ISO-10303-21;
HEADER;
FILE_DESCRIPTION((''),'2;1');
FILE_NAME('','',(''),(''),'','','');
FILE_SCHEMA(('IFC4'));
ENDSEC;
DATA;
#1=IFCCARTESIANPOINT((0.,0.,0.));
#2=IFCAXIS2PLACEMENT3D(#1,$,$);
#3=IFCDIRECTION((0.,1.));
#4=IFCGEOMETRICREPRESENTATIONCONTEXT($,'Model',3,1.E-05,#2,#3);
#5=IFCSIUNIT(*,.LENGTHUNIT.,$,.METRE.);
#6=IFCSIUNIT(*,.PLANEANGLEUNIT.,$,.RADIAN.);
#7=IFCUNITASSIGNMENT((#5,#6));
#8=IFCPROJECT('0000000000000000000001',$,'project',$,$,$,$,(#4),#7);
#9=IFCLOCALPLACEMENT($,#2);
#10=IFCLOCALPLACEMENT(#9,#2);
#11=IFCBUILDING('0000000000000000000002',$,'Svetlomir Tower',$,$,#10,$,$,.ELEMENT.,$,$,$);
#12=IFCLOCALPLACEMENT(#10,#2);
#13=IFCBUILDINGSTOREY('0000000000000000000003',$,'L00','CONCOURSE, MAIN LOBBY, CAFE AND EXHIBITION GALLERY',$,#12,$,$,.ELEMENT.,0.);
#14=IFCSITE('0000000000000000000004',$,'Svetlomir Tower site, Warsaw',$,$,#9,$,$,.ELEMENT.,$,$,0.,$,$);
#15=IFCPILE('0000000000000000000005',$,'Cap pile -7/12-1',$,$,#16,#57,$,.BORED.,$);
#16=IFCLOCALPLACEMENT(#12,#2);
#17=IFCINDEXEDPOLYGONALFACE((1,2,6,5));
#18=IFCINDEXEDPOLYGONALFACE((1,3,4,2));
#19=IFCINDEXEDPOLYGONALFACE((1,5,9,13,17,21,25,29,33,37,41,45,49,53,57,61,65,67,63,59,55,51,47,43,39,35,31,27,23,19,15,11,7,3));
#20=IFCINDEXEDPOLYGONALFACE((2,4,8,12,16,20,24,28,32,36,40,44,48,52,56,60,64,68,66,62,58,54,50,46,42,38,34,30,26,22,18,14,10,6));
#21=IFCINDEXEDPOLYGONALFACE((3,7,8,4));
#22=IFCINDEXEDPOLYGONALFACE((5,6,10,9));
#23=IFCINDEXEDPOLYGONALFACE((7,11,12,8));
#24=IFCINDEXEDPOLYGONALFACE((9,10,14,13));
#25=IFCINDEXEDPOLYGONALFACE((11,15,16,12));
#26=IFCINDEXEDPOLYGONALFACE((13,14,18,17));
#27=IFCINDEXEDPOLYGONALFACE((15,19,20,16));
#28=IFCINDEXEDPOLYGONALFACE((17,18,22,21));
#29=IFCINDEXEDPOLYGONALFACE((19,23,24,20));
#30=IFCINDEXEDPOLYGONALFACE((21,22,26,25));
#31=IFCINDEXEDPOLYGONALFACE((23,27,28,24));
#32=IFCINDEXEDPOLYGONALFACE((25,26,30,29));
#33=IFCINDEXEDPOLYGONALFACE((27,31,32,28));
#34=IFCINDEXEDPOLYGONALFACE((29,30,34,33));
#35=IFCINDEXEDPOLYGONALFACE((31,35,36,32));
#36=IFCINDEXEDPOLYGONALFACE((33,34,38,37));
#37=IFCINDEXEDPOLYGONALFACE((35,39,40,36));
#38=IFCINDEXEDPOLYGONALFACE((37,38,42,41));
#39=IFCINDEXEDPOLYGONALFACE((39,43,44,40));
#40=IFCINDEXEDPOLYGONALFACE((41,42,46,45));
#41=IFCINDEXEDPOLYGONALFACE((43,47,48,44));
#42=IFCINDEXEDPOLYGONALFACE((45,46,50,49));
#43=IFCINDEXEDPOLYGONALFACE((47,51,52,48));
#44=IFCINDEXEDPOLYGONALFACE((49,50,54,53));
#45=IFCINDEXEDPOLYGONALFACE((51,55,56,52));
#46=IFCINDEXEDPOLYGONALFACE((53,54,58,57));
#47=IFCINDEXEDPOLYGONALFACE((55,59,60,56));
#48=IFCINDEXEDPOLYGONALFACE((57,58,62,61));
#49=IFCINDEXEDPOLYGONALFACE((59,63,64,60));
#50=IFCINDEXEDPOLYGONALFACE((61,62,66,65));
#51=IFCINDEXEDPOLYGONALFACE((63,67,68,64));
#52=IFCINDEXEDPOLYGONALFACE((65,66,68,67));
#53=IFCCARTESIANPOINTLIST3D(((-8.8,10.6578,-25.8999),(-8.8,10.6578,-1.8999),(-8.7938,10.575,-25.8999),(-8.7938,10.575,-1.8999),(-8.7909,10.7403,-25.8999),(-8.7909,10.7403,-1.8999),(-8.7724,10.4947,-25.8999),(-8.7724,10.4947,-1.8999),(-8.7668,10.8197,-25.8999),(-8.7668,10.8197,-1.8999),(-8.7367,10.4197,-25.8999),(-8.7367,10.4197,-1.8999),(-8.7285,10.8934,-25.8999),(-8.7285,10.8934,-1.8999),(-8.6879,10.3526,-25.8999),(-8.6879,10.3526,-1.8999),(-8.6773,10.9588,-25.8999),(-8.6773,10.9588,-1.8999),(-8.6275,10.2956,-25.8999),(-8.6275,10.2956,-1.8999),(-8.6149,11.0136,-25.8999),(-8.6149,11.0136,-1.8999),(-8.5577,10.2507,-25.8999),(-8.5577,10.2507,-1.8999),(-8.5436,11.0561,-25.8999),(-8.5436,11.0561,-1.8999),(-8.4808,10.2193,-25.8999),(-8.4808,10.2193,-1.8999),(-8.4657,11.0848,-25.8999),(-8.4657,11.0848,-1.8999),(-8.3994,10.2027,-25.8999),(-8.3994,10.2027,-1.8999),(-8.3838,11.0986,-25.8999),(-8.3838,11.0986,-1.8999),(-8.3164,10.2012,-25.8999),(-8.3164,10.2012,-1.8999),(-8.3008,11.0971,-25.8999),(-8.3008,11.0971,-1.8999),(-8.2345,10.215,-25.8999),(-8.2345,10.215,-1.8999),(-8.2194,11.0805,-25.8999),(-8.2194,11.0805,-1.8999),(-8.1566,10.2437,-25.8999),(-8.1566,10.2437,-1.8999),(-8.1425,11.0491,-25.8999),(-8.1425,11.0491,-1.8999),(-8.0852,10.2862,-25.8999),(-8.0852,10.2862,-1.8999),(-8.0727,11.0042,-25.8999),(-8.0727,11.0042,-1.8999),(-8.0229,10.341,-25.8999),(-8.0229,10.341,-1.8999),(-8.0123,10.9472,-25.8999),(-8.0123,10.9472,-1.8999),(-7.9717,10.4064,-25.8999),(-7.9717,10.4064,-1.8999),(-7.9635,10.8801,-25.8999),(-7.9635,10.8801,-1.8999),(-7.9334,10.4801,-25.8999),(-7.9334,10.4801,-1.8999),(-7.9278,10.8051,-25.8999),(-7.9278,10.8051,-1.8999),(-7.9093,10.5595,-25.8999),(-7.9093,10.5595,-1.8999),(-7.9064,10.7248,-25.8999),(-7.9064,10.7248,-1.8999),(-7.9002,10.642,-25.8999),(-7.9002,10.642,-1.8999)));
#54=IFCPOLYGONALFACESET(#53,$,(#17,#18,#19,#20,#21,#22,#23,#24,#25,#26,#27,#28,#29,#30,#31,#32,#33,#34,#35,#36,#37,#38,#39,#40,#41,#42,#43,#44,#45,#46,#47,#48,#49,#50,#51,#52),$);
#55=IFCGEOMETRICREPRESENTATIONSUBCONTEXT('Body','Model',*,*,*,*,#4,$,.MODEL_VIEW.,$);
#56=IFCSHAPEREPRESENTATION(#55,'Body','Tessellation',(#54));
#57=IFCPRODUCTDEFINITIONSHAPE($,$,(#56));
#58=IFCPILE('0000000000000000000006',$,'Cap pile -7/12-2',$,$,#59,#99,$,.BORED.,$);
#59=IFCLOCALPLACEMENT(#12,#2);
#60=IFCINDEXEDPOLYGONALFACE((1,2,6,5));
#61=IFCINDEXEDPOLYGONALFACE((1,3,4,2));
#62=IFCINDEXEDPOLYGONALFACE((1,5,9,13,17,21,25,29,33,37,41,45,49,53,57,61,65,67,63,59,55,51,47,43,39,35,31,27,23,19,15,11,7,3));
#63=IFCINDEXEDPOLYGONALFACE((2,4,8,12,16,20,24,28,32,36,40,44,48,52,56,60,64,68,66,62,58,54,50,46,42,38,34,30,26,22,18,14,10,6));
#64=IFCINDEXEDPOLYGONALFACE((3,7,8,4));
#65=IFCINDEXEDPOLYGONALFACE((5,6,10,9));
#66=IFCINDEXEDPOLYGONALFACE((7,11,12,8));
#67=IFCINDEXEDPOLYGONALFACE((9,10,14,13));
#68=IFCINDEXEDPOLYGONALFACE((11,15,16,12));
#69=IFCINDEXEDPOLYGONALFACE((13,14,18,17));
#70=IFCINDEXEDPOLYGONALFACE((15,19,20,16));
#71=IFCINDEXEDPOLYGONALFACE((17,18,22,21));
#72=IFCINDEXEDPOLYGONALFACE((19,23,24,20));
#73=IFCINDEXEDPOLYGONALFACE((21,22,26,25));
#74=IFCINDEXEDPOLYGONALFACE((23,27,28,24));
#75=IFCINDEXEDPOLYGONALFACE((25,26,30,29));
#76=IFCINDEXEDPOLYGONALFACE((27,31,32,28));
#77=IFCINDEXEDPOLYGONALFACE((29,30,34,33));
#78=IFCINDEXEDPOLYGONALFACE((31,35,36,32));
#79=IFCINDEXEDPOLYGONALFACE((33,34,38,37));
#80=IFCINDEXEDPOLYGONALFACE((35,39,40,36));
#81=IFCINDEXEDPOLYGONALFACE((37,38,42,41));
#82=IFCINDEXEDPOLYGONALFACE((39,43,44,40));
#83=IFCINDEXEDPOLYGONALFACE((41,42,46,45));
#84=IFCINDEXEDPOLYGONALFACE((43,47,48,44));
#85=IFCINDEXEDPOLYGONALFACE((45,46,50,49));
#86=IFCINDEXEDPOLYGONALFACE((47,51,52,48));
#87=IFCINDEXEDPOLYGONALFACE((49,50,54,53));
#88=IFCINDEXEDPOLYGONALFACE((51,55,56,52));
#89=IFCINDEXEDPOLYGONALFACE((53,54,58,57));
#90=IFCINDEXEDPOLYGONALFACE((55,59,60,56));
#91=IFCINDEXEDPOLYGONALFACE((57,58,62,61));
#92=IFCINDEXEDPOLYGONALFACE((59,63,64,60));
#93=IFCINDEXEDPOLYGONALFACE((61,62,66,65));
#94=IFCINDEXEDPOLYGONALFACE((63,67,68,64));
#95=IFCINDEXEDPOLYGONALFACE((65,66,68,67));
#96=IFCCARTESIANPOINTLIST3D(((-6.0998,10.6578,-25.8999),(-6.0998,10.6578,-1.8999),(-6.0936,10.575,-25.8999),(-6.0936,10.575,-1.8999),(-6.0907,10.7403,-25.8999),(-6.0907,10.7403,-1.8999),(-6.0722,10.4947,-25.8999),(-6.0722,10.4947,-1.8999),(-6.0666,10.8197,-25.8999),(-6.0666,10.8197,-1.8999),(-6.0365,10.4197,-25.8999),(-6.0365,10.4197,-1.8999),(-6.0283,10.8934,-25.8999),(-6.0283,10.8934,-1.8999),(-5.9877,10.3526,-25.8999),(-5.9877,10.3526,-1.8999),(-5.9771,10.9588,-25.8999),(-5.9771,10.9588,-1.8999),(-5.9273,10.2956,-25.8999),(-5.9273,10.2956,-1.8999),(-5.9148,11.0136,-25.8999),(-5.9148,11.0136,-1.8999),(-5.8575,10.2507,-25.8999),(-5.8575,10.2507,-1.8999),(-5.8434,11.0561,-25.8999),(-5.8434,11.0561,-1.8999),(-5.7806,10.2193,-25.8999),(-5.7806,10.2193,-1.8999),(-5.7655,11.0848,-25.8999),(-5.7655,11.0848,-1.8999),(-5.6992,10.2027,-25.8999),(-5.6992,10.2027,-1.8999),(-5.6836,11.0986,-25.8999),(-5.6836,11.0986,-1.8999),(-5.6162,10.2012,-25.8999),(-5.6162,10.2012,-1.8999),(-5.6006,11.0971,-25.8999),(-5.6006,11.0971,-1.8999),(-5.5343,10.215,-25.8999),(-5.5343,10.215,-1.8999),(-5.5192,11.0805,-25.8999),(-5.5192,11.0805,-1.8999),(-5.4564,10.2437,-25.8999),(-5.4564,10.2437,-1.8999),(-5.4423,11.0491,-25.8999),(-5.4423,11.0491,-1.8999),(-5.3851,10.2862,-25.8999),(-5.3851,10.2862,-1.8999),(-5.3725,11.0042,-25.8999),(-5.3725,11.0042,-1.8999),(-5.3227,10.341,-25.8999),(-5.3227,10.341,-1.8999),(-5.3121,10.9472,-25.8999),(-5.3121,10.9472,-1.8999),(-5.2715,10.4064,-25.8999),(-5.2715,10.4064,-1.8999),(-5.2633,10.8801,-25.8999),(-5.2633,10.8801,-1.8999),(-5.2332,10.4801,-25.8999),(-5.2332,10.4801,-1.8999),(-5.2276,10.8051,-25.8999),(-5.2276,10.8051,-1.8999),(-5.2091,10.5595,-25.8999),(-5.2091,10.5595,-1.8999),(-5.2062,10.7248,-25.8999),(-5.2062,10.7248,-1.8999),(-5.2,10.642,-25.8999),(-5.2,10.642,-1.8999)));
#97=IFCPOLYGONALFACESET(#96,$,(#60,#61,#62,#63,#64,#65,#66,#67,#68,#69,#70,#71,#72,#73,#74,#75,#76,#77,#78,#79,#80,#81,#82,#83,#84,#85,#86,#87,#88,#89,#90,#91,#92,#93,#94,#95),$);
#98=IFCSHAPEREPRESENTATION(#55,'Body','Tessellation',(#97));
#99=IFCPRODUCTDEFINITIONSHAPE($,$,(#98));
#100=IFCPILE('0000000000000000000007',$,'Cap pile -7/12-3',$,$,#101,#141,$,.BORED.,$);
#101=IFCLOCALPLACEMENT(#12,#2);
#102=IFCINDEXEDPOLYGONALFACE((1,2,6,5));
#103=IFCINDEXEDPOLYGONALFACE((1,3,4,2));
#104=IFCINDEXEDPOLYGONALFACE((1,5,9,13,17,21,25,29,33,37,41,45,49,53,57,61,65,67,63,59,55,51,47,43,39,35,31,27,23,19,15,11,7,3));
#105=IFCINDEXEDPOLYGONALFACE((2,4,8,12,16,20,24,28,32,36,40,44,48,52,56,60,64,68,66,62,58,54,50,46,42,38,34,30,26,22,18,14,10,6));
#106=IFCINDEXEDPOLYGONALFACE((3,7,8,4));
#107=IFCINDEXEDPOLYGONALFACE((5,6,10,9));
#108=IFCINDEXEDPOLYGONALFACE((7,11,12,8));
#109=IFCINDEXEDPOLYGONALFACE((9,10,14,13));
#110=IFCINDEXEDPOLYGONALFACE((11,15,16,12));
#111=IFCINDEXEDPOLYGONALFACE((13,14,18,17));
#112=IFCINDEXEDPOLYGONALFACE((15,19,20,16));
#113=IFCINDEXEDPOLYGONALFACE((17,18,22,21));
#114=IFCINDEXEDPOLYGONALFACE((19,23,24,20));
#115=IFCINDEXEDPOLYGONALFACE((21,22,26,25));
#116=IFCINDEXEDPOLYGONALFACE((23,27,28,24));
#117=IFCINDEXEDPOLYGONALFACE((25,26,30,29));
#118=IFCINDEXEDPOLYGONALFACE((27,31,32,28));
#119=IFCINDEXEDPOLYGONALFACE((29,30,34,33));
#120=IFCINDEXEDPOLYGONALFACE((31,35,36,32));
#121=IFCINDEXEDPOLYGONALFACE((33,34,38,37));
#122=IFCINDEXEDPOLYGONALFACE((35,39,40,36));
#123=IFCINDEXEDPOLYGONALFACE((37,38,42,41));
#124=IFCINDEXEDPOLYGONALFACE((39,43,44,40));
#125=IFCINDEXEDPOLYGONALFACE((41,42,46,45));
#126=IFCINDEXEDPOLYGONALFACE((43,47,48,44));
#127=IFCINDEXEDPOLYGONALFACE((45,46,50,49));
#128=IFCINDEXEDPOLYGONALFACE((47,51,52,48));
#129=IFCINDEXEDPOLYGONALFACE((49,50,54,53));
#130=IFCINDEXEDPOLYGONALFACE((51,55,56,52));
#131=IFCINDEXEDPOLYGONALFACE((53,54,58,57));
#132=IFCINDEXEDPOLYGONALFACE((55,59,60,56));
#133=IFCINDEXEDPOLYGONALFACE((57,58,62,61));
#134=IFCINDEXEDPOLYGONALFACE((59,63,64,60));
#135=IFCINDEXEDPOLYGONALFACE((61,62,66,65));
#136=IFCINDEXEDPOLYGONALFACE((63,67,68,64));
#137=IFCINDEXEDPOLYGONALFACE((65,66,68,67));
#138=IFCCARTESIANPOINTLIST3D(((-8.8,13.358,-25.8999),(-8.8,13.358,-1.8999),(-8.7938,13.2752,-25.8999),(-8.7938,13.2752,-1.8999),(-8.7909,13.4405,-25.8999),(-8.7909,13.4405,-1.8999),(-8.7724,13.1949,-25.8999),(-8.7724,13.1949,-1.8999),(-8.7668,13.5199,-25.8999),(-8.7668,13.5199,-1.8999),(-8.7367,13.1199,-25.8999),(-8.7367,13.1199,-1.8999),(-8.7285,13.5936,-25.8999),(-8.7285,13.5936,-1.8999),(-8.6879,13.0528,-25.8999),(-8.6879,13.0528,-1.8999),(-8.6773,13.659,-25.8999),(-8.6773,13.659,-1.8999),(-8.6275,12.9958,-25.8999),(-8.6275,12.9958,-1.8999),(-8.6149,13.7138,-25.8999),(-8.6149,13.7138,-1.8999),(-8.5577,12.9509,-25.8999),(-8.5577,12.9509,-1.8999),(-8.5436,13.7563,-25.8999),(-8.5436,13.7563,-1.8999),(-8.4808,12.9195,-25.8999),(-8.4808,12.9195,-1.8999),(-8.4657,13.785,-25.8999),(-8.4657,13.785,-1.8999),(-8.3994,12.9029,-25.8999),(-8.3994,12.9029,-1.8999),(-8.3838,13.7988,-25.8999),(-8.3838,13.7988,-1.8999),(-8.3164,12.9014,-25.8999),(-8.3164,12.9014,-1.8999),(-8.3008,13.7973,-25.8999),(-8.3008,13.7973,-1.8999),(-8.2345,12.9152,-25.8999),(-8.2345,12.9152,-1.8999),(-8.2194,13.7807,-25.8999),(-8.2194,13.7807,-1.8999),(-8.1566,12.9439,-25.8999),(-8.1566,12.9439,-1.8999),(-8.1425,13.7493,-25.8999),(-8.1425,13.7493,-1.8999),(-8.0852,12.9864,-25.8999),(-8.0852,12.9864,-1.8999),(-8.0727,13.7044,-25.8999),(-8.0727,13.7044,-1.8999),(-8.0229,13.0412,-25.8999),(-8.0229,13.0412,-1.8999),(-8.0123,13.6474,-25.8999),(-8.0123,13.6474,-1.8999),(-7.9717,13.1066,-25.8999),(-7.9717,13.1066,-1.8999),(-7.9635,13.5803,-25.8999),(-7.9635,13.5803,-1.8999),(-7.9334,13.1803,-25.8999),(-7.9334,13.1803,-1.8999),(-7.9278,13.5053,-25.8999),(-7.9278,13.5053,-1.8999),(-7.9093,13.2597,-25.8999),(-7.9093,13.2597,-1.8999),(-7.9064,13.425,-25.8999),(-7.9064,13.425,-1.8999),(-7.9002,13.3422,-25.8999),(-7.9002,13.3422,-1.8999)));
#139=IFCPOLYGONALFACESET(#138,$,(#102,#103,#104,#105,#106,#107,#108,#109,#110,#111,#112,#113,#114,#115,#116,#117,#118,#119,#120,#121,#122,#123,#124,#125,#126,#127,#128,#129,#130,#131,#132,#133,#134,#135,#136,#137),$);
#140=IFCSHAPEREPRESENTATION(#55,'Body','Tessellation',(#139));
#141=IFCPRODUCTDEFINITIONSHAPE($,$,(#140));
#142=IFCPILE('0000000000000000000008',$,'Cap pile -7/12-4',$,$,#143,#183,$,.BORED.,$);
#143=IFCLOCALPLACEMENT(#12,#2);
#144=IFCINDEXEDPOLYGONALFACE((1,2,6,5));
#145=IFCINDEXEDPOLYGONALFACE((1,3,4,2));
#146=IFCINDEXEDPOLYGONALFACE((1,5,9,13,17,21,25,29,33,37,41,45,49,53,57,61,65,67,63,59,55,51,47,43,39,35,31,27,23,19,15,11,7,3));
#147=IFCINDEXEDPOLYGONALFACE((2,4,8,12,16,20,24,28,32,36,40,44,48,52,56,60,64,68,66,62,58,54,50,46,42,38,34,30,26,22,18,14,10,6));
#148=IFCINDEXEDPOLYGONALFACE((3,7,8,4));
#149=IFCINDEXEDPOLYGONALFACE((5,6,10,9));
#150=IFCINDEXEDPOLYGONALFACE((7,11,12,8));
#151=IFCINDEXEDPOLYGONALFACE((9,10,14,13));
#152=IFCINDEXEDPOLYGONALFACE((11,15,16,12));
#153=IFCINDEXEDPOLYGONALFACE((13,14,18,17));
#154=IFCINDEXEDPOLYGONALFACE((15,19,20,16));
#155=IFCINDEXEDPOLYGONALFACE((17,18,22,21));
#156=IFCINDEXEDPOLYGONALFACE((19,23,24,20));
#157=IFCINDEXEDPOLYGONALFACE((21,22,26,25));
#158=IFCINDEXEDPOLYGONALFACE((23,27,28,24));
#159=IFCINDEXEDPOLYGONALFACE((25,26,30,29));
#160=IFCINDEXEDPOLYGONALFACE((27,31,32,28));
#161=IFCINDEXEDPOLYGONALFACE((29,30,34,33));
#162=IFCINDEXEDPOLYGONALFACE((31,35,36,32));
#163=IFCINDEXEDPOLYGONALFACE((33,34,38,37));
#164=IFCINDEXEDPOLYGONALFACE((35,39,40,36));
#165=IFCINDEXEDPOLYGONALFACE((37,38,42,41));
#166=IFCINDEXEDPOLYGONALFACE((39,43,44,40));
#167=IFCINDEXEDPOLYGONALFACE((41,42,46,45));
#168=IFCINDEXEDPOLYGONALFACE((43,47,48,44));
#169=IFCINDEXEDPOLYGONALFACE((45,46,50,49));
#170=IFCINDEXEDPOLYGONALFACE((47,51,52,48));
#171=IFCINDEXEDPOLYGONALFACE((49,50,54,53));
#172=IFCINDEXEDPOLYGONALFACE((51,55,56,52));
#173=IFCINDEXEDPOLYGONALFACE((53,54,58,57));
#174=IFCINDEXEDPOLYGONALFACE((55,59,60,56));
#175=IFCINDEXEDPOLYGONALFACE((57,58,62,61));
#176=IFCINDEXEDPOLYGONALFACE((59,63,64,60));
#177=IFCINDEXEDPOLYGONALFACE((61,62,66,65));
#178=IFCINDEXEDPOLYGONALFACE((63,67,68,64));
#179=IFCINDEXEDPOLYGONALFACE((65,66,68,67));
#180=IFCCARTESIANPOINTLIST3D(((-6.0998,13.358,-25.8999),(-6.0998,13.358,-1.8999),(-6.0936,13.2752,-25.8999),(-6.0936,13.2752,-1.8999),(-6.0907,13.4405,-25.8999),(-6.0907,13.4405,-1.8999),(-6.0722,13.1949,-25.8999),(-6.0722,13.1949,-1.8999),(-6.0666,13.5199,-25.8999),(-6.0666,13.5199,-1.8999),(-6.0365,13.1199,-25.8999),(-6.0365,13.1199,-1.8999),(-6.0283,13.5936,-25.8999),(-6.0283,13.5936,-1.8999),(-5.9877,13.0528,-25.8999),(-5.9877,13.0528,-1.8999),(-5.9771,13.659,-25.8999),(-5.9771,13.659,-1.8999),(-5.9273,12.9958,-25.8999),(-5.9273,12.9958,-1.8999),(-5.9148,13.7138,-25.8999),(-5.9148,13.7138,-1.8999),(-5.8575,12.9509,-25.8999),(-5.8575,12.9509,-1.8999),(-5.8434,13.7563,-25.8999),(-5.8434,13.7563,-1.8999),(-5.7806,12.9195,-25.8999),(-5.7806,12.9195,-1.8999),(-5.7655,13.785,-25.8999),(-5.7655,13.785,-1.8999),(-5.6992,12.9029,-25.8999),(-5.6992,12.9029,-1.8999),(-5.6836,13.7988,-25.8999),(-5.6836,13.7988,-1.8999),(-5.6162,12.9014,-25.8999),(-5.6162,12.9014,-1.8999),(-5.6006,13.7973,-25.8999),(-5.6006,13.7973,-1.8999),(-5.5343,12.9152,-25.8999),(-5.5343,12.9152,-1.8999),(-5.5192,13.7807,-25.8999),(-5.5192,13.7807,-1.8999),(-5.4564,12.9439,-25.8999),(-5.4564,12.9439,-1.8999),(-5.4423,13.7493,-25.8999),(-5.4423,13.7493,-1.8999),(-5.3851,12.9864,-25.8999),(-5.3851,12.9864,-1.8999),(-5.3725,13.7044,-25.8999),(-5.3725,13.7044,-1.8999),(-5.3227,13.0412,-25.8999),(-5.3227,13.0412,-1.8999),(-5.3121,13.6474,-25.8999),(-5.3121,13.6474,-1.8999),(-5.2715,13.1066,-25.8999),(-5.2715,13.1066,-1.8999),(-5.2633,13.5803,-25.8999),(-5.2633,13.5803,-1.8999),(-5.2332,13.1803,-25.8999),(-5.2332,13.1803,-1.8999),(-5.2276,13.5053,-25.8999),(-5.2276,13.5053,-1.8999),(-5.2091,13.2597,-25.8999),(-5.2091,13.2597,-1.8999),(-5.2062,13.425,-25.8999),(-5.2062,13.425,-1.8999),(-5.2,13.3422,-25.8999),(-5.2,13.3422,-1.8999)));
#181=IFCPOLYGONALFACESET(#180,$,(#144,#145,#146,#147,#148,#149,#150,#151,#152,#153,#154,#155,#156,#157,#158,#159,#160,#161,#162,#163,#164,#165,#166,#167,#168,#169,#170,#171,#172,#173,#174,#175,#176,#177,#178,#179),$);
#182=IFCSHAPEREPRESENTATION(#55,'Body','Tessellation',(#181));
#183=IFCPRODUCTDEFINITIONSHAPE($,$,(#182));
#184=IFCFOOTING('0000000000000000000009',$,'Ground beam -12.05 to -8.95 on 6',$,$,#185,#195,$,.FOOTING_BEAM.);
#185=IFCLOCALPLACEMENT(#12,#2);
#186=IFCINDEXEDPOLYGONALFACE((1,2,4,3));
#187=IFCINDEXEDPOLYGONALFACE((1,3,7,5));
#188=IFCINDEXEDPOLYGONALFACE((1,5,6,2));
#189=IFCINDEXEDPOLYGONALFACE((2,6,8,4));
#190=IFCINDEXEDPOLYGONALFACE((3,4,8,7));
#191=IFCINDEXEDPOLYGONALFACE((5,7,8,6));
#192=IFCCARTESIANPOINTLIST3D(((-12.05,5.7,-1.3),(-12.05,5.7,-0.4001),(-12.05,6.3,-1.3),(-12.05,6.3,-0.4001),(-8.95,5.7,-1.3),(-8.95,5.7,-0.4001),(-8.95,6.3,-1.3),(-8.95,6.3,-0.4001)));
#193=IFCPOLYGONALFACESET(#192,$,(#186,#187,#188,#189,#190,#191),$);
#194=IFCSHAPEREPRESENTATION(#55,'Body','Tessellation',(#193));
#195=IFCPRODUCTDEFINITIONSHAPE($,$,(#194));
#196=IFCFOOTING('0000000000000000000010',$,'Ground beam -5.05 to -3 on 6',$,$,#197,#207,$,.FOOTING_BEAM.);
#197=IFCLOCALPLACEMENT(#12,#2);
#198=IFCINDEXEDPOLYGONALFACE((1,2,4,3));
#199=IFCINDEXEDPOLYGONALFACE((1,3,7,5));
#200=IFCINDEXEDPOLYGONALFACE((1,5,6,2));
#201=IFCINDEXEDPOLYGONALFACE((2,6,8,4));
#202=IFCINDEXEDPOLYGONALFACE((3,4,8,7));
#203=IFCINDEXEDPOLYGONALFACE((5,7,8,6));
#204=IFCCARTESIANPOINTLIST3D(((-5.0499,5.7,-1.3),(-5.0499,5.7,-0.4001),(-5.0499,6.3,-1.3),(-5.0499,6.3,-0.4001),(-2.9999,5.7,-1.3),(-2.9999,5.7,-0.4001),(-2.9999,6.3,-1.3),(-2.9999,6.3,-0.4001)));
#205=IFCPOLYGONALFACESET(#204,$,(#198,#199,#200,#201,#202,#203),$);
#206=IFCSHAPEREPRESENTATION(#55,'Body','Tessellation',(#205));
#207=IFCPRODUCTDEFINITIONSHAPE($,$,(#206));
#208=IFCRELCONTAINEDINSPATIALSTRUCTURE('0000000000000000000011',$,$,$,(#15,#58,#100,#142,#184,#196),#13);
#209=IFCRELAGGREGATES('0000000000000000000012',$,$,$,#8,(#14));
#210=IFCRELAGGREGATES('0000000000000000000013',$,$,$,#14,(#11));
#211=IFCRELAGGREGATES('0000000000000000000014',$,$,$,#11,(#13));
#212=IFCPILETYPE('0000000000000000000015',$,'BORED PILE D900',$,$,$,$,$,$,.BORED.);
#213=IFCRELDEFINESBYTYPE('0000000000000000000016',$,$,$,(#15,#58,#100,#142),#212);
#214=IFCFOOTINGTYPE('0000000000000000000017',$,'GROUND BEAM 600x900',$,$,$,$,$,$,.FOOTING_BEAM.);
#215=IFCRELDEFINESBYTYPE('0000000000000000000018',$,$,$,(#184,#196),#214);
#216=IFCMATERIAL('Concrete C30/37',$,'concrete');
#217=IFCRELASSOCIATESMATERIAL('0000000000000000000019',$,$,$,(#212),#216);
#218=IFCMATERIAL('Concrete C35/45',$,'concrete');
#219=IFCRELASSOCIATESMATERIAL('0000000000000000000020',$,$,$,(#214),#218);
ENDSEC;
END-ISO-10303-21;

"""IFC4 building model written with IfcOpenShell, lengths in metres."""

from ifc_helpers import new_model, si_unit, direction, frame, frame_2d, origin, origin_2d, place, context, subcontext, project, spatial, rectangle, circle, extrude, material, material_profile, profile_set, type_object, element, save


model = new_model("IFC4")

# Units and contexts
model_context = context("Model", 3, precision=1e-05, world=origin(), true_north=direction((0.0, 1.0)))
body_context = subcontext(model_context, "Body", "Model", "MODEL_VIEW")
ifc_project = project(units=[si_unit("LENGTHUNIT", "METRE"), si_unit("PLANEANGLEUNIT", "RADIAN")], contexts=[model_context])

# Site, building, storey
site_placement = place(None, origin())
site = spatial("IfcSite", under=ifc_project, at=site_placement, Name="Svetlomir Tower site, Warsaw", CompositionType="ELEMENT", RefElevation=0.0)
building_placement = place(site_placement, origin())
building = spatial("IfcBuilding", under=site, at=building_placement, Name="Svetlomir Tower", CompositionType="ELEMENT")
storey_placement = place(building_placement, origin())
storey = spatial("IfcBuildingStorey", under=building, at=storey_placement, Name="L00", Description="CONCOURSE, MAIN LOBBY, CAFE AND EXHIBITION GALLERY", CompositionType="ELEMENT", Elevation=0.0)

# Piles
ifc_material_1 = material(Name="Concrete C30/37", Category="concrete")
ifc_material_profile_1 = material_profile(ifc_material_1, circle(Radius=0.45, at=origin_2d()), Name="RC D900")
ifc_profile_set_1 = profile_set([ifc_material_profile_1], Name="Concrete C30/37")
pile_type_1 = type_object("IfcPileType", Name="BORED PILE D900", PredefinedType="BORED", material=ifc_profile_set_1)
for number, where, z_axis, x_axis, name in (
    (1, (-8.3501, 10.6499, -1.8999), (0.0, 0.0, -1.0), (1.0, 0.0, 0.0), "Cap pile -7/12-1"),
    (2, (-5.6499, 10.6499, -1.8999), (0.0, 0.0, -1.0), (1.0, 0.0, 0.0), "Cap pile -7/12-2"),
    (3, (-8.3501, 13.3501, -1.8999), (0.0, 0.0, -1.0), (1.0, 0.0, 0.0), "Cap pile -7/12-3"),
    (4, (-5.6499, 13.3501, -1.8999), (0.0, 0.0, -1.0), (1.0, 0.0, 0.0), "Cap pile -7/12-4"),
):
    element("IfcPile", number, at=place(storey_placement, frame(where, z_axis=z_axis, x_axis=x_axis)), inside=storey, type_object=pile_type_1, Name=name, PredefinedType="BORED", context=body_context, shape_type="SweptSolid", body=[
        extrude(circle(Radius=0.45, at=frame_2d((0.0, 0.0), x_axis=(0.999848, 0.017452))), origin(), (0.0, 0.0, 1.0), 24.0),
    ])

# Footings
ifc_material_2 = material(Name="Concrete C35/45", Category="concrete")
footing_type_1 = type_object("IfcFootingType", Name="GROUND BEAM 600x900", PredefinedType="FOOTING_BEAM", material=ifc_material_2)
footing_1_placement = place(storey_placement, frame((-10.5, 6.0, -1.3), z_axis=(0.0, 0.0, 1.0), x_axis=(1.0, 0.0, 0.0)))
element("IfcFooting", 5, at=footing_1_placement, inside=storey, type_object=footing_type_1, Name="Ground beam -12.05 to -8.95 on 6", PredefinedType="FOOTING_BEAM", context=body_context, shape_type="SweptSolid", body=[
    extrude(rectangle(XDim=3.1001, YDim=0.6001, at=origin_2d()), origin(), (0.0, 0.0, 1.0), 0.8999),
])
footing_2_placement = place(storey_placement, frame((-4.0249, 6.0, -1.3), z_axis=(0.0, 0.0, 1.0), x_axis=(1.0, 0.0, 0.0)))
element("IfcFooting", 6, at=footing_2_placement, inside=storey, type_object=footing_type_1, Name="Ground beam -5.05 to -3 on 6", PredefinedType="FOOTING_BEAM", context=body_context, shape_type="SweptSolid", body=[
    extrude(rectangle(XDim=2.05, YDim=0.6001, at=origin_2d()), origin(), (0.0, 0.0, 1.0), 0.8999),
])

save(model, "model.ifc")
